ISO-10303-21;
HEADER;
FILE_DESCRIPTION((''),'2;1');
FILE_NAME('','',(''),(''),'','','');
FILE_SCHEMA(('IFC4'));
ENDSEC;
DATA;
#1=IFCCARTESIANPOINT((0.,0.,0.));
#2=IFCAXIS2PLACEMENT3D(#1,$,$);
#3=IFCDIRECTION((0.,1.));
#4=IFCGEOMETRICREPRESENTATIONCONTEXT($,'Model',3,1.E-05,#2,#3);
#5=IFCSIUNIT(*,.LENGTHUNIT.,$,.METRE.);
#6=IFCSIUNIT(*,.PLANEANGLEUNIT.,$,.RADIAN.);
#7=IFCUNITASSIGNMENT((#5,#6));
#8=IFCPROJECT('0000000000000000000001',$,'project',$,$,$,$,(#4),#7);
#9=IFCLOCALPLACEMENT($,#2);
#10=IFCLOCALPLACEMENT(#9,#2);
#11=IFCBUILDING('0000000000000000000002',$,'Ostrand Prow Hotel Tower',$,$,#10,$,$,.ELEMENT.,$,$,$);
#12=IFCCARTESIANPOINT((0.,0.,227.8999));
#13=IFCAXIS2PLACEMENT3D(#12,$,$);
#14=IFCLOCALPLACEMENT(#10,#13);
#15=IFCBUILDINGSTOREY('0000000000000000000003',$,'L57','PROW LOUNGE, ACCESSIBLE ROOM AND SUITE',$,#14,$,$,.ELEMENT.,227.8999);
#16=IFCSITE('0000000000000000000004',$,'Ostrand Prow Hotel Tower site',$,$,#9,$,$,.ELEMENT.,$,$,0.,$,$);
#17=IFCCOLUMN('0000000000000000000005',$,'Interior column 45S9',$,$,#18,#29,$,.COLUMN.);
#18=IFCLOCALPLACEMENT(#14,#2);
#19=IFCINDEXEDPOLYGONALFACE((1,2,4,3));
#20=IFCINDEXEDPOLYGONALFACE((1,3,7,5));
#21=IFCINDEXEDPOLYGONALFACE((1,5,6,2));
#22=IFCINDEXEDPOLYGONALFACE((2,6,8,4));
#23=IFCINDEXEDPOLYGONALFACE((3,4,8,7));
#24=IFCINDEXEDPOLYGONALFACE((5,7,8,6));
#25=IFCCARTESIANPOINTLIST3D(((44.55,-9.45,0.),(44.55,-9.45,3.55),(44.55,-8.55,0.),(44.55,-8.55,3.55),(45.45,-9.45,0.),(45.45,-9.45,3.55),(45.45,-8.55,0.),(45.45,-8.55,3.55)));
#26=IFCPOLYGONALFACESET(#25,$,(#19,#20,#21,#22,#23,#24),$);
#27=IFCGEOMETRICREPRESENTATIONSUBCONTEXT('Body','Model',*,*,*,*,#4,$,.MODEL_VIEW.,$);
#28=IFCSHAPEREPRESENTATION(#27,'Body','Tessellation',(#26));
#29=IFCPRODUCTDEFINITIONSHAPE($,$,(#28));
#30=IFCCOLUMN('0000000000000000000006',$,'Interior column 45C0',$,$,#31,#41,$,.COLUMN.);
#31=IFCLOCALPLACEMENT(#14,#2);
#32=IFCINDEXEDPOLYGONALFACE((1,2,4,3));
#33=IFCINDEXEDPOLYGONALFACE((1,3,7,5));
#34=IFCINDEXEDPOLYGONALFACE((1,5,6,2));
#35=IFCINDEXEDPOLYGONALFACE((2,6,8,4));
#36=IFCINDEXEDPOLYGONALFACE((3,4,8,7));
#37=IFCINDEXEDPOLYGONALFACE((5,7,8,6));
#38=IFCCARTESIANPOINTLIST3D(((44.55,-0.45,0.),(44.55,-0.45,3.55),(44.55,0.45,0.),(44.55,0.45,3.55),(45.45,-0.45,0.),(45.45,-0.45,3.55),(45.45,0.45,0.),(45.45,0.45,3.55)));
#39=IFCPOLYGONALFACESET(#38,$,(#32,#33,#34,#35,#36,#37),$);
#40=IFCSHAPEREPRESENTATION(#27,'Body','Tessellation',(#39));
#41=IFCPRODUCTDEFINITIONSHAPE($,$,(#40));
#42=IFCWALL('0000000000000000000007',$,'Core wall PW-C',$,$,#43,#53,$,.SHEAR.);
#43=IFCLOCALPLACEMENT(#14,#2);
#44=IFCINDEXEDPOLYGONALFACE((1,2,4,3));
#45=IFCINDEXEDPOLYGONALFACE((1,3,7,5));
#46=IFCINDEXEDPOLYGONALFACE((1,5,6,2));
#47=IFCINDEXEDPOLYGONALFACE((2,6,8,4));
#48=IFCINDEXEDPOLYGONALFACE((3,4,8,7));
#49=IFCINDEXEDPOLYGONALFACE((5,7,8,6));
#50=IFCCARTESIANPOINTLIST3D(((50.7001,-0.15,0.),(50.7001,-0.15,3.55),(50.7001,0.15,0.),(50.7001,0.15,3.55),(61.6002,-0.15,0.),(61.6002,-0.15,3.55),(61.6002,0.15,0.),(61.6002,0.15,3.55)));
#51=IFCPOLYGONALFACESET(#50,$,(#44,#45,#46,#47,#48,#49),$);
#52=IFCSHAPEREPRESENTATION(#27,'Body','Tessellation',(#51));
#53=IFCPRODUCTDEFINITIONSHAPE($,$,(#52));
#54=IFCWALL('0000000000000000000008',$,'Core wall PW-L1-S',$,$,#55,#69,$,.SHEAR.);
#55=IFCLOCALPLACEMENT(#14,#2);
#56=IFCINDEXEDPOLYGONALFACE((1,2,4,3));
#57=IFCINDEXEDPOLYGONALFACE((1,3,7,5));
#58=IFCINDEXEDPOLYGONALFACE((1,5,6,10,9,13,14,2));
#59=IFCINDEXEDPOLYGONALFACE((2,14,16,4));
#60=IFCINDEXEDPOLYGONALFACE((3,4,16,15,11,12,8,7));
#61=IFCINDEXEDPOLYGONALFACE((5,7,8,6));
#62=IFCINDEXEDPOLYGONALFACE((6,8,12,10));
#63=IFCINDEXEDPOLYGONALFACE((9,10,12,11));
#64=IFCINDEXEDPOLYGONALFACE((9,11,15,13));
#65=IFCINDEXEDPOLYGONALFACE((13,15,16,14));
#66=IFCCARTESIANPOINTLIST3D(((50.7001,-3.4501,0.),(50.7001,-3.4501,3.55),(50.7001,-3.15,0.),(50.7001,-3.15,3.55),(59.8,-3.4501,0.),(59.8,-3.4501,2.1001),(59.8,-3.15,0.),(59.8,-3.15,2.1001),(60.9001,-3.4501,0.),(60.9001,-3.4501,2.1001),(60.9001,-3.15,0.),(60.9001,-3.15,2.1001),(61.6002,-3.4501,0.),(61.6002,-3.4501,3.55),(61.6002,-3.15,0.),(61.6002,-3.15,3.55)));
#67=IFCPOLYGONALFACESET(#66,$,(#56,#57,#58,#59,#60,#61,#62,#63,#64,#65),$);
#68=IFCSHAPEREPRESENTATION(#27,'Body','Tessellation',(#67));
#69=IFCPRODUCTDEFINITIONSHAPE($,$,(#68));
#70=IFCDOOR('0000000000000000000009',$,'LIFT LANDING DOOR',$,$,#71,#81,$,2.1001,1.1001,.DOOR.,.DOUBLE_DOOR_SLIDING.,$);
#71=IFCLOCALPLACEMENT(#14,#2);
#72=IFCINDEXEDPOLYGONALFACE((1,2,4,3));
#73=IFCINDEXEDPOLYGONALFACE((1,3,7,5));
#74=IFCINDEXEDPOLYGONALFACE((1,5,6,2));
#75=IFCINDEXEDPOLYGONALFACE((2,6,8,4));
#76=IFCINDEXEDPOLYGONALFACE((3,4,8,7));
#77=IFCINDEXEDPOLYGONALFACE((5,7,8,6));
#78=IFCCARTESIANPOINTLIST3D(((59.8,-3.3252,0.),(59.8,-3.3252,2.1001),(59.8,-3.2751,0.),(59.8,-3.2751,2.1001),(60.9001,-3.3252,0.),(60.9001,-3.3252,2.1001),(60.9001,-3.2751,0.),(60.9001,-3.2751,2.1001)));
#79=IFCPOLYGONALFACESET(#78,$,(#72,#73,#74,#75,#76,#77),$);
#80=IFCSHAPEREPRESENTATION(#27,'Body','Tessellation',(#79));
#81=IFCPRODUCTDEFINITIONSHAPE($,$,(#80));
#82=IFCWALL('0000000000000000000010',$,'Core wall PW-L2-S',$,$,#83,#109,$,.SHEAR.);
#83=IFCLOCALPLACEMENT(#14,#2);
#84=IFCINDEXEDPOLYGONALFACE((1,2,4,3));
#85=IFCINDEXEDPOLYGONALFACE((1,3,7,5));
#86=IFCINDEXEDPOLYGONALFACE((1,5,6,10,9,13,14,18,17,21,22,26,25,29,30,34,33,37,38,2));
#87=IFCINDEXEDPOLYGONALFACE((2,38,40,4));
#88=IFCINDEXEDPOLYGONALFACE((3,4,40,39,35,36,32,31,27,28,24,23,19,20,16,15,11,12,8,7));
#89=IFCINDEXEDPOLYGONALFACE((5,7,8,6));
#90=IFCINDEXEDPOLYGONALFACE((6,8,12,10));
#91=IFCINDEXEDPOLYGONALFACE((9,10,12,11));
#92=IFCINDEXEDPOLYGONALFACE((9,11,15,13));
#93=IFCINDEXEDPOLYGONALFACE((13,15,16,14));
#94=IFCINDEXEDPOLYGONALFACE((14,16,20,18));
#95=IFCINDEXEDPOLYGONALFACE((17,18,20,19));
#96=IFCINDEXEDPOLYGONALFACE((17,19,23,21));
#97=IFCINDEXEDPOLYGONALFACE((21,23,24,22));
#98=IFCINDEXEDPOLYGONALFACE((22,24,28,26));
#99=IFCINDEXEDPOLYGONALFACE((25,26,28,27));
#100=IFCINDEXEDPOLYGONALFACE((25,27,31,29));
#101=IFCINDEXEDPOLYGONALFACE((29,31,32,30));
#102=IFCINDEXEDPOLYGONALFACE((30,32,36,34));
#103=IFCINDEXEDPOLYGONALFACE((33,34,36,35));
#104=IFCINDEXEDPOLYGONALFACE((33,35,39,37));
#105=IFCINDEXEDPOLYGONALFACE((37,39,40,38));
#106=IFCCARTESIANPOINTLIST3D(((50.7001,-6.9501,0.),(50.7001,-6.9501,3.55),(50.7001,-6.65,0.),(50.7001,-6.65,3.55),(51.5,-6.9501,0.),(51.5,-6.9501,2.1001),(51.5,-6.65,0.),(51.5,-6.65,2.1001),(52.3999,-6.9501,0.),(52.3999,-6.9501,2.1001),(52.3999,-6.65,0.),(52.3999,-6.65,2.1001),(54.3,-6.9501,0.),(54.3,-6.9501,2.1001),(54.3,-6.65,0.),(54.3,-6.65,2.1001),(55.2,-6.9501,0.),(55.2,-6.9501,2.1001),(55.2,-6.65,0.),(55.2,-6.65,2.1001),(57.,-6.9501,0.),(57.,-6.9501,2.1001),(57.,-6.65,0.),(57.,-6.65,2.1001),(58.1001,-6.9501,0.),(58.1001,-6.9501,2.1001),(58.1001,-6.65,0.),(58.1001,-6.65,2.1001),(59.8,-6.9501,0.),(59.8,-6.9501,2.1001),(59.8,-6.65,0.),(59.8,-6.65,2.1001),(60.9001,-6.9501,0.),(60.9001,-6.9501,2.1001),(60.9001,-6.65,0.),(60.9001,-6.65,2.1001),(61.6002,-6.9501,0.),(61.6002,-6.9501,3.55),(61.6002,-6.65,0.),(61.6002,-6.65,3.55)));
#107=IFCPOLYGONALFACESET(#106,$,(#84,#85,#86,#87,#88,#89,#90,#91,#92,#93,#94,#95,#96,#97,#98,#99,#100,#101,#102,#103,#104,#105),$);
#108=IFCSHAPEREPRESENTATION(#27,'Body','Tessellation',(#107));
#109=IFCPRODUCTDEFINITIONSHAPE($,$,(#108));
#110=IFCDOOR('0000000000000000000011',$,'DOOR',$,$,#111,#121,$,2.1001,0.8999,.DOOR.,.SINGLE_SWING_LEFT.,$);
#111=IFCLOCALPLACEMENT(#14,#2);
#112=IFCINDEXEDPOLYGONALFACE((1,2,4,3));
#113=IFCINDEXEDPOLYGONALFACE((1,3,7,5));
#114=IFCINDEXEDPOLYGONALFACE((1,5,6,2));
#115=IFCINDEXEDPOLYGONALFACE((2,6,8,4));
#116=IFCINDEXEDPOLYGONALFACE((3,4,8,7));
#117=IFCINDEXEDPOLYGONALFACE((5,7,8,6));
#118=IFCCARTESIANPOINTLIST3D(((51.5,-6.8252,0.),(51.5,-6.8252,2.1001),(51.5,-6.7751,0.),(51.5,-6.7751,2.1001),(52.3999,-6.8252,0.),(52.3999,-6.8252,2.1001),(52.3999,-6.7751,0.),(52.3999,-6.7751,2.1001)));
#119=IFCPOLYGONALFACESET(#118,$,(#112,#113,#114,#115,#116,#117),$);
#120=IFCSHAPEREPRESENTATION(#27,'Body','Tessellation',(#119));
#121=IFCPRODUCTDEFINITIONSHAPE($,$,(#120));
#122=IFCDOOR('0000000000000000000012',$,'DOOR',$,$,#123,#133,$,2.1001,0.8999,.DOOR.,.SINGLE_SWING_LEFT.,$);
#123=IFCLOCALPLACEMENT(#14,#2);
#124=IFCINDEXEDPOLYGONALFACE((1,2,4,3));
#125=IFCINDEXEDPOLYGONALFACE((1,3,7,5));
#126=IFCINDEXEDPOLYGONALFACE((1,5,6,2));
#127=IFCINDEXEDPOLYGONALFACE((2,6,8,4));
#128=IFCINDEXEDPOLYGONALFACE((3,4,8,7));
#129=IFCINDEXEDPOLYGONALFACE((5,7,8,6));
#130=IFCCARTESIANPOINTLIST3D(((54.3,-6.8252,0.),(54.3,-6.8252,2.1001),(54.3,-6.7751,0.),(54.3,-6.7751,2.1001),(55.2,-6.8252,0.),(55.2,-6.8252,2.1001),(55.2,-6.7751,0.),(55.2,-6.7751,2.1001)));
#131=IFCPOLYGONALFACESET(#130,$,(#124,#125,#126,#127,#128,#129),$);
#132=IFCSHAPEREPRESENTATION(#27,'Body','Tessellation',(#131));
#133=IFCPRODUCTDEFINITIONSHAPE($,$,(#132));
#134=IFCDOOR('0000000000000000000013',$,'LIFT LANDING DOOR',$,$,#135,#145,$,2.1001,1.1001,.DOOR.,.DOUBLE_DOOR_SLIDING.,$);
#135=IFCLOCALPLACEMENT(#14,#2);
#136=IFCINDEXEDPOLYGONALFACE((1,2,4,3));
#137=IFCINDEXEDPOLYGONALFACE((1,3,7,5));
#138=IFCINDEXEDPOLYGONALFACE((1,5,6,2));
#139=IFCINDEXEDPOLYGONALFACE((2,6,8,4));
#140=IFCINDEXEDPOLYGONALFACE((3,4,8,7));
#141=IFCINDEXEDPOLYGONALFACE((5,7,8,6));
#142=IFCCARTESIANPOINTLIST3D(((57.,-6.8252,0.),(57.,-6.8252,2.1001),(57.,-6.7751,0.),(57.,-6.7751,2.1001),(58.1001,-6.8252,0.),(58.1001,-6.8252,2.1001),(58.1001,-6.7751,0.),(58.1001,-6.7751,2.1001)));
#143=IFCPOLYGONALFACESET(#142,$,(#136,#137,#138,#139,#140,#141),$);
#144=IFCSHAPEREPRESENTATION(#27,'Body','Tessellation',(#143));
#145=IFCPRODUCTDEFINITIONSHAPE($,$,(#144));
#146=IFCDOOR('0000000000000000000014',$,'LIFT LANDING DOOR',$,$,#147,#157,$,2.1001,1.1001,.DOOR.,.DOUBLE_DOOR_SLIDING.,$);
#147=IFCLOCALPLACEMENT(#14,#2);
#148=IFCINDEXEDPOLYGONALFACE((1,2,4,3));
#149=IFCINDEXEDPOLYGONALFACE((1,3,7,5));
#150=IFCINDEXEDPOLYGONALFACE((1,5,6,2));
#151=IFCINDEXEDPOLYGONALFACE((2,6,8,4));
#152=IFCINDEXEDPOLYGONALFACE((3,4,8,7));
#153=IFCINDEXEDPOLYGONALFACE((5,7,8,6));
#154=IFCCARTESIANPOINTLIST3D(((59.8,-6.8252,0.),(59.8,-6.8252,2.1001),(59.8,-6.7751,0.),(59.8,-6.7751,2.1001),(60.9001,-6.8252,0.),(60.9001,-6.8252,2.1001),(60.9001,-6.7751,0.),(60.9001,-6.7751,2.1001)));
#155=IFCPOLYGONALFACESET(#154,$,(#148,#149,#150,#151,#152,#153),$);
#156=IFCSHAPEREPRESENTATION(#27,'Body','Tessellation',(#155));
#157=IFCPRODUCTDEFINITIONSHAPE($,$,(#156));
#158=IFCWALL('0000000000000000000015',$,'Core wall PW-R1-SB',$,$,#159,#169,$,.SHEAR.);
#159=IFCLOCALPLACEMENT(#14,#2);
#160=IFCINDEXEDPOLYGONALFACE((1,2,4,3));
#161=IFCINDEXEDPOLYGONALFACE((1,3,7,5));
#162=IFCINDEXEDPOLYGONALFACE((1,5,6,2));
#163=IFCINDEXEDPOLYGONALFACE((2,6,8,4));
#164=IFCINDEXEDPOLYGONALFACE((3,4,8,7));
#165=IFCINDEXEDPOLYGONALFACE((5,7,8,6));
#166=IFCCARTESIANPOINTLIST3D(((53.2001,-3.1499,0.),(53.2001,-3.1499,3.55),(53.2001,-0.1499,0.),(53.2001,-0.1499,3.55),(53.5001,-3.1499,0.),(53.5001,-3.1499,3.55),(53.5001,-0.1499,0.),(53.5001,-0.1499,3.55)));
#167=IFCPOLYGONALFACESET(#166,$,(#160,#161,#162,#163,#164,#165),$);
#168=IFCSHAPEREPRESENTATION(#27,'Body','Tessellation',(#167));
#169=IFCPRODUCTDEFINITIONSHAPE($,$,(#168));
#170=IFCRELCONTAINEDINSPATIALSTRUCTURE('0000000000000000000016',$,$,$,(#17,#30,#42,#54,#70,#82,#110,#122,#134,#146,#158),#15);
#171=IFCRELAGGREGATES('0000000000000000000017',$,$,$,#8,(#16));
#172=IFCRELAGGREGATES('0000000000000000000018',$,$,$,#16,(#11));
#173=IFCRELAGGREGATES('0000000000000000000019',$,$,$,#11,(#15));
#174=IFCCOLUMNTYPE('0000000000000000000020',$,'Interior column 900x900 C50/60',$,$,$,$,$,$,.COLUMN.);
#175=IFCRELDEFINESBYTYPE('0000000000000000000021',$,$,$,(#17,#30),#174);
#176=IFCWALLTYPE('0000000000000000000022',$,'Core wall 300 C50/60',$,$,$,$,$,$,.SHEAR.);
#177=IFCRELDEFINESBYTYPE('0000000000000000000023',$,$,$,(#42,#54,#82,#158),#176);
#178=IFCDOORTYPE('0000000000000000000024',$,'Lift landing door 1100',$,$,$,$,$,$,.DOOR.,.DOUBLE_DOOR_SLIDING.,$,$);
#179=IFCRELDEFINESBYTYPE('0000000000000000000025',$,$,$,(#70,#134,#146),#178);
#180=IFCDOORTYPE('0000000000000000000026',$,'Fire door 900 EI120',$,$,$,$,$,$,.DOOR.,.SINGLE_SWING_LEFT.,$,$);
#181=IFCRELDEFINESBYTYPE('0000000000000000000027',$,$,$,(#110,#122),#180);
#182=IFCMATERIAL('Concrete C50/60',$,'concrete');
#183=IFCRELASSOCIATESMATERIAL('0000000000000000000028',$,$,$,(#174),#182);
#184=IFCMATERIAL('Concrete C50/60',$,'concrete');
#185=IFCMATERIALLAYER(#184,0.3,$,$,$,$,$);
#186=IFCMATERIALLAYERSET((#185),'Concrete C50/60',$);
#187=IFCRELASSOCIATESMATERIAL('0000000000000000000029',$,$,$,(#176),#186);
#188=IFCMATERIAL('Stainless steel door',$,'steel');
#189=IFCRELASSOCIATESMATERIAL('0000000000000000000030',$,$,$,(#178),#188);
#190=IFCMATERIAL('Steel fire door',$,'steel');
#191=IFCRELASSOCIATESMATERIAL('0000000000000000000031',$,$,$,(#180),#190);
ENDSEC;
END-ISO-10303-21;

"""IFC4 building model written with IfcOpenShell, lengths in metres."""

from ifc_helpers import new_model, si_unit, direction, frame, frame_2d, origin, origin_2d, place, context, subcontext, project, spatial, rectangle, extrude, material, layer, layer_set, material_profile, profile_set, type_object, element, fill, save


model = new_model("IFC4")

# Units and contexts
model_context = context("Model", 3, precision=1e-05, world=origin(), true_north=direction((0.0, 1.0)))
body_context = subcontext(model_context, "Body", "Model", "MODEL_VIEW")
ifc_project = project(units=[si_unit("LENGTHUNIT", "METRE"), si_unit("PLANEANGLEUNIT", "RADIAN")], contexts=[model_context])

# Site, building, storey
site_placement = place(None, origin())
site = spatial("IfcSite", under=ifc_project, at=site_placement, Name="Ostrand Prow Hotel Tower site", CompositionType="ELEMENT", RefElevation=0.0)
building_placement = place(site_placement, origin())
building = spatial("IfcBuilding", under=site, at=building_placement, Name="Ostrand Prow Hotel Tower", CompositionType="ELEMENT")
storey_placement = place(building_placement, frame((0.0, 0.0, 227.8999)))
storey = spatial("IfcBuildingStorey", under=building, at=storey_placement, Name="L57", Description="PROW LOUNGE, ACCESSIBLE ROOM AND SUITE", CompositionType="ELEMENT", Elevation=227.8999)

# Columns
ifc_material_1 = material(Name="Concrete C50/60", Category="concrete")
ifc_material_profile = material_profile(ifc_material_1, rectangle(XDim=0.8999, YDim=0.8999, at=origin_2d()), Name="RC 900x900")
ifc_profile_set = profile_set([ifc_material_profile], Name="Concrete C50/60")
column_type = type_object("IfcColumnType", Name="Interior column 900x900 C50/60", PredefinedType="COLUMN", material=ifc_profile_set)
for number, where, z_axis, x_axis, name in (
    (1, (45.0, -9.0, 0.0), (0.0, 0.0, 1.0), (1.0, 0.0, 0.0), "Interior column 45S9"),
    (2, (45.0, 0.0, 0.0), (0.0, 0.0, 1.0), (1.0, 0.0, 0.0), "Interior column 45C0"),
):
    element("IfcColumn", number, at=place(storey_placement, frame(where, z_axis=z_axis, x_axis=x_axis)), inside=storey, type_object=column_type, Name=name, PredefinedType="COLUMN", context=body_context, shape_type="SweptSolid", body=[
        extrude(rectangle(XDim=0.8999, YDim=0.8999, at=origin_2d()), origin(), (0.0, 0.0, 1.0), 3.55),
    ])

# Wall
ifc_material_2 = material(Name="Concrete C50/60", Category="concrete")
ifc_layer_1 = layer(ifc_material_2, 0.3)
ifc_layer_set_1 = layer_set([ifc_layer_1], Name="Concrete C50/60")
wall_type_1 = type_object("IfcWallType", Name="Core wall 300 C50/60", PredefinedType="SHEAR", material=ifc_layer_set_1)
wall_1_placement = place(storey_placement, frame((50.7, 0.0, 0.0), z_axis=(0.0, 0.0, 1.0), x_axis=(1.0, 0.0, 0.0)))
element("IfcWall", 3, at=wall_1_placement, inside=storey, type_object=wall_type_1, Name="Core wall PW-C", PredefinedType="SHEAR", context=body_context, shape_type="SweptSolid", body=[
    extrude(rectangle(XDim=10.9001, YDim=0.3, at=frame_2d((5.4502, 0.0))), origin(), (0.0, 0.0, 1.0), 3.55),
])

# Wall, opening, door
wall_2_placement = place(storey_placement, frame((50.7, -3.3, 0.0), z_axis=(0.0, 0.0, 1.0), x_axis=(1.0, 0.0, 0.0)))
wall_2 = element("IfcWall", 4, at=wall_2_placement, inside=storey, type_object=wall_type_1, Name="Core wall PW-L1-S", PredefinedType="SHEAR", context=body_context, shape_type="SweptSolid", body=[
    extrude(rectangle(XDim=10.9001, YDim=0.3, at=frame_2d((5.4502, 0.0))), origin(), (0.0, 0.0, 1.0), 3.55),
])
opening_1_placement = place(wall_2_placement, frame((9.1001, 0.0, 0.0)))
opening_1 = element("IfcOpeningElement", 5, at=opening_1_placement, cuts=wall_2, PredefinedType="OPENING", context=body_context, shape_type="SweptSolid", body=[
    extrude(rectangle(XDim=1.1001, YDim=2.1001, at=frame_2d((0.55, 1.05))), frame((0.0, 0.1599, 0.0), z_axis=(0.0, -1.0, 0.0), x_axis=(1.0, 0.0, 0.0)), (0.0, 0.0, 1.0), 0.3201),
])
ifc_material_3 = material(Name="Stainless steel door", Category="steel")
door_type_1 = type_object("IfcDoorType", Name="Lift landing door 1100", OperationType="DOUBLE_DOOR_SLIDING", PredefinedType="DOOR", material=ifc_material_3)
door_1_placement = place(opening_1_placement, origin())
door_1 = element("IfcDoor", 6, at=door_1_placement, inside=storey, type_object=door_type_1, Name="LIFT LANDING DOOR", OperationType="DOUBLE_DOOR_SLIDING", OverallHeight=2.1001, OverallWidth=1.1001, PredefinedType="DOOR", context=body_context, shape_type="SweptSolid", body=[
    extrude(rectangle(XDim=1.1001, YDim=2.1001, at=frame_2d((0.55, 1.05))), frame((0.0, 0.0249, 0.0), z_axis=(0.0, -1.0, 0.0), x_axis=(1.0, 0.0, 0.0)), (0.0, 0.0, 1.0), 0.05),
])
fill(opening_1, door_1)

# Wall, openings, doors
wall_3_placement = place(storey_placement, frame((50.7, -6.8, 0.0), z_axis=(0.0, 0.0, 1.0), x_axis=(1.0, 0.0, 0.0)))
wall_3 = element("IfcWall", 7, at=wall_3_placement, inside=storey, type_object=wall_type_1, Name="Core wall PW-L2-S", PredefinedType="SHEAR", context=body_context, shape_type="SweptSolid", body=[
    extrude(rectangle(XDim=10.9001, YDim=0.3, at=frame_2d((5.4502, 0.0))), origin(), (0.0, 0.0, 1.0), 3.55),
])
opening_2_placement = place(wall_3_placement, frame((6.3, 0.0, 0.0)))
opening_2 = element("IfcOpeningElement", 8, at=opening_2_placement, cuts=wall_3, PredefinedType="OPENING", context=body_context, shape_type="SweptSolid", body=[
    extrude(rectangle(XDim=1.1001, YDim=2.1001, at=frame_2d((0.55, 1.05))), frame((0.0, 0.1599, 0.0), z_axis=(0.0, -1.0, 0.0), x_axis=(1.0, 0.0, 0.0)), (0.0, 0.0, 1.0), 0.3201),
])
opening_3_placement = place(wall_3_placement, frame((9.1001, 0.0, 0.0)))
opening_3 = element("IfcOpeningElement", 9, at=opening_3_placement, cuts=wall_3, PredefinedType="OPENING", context=body_context, shape_type="SweptSolid", body=[
    extrude(rectangle(XDim=1.1001, YDim=2.1001, at=frame_2d((0.55, 1.05))), frame((0.0, 0.1599, 0.0), z_axis=(0.0, -1.0, 0.0), x_axis=(1.0, 0.0, 0.0)), (0.0, 0.0, 1.0), 0.3201),
])
opening_4_placement = place(wall_3_placement, frame((0.8, 0.0, 0.0)))
opening_4 = element("IfcOpeningElement", 10, at=opening_4_placement, cuts=wall_3, PredefinedType="OPENING", context=body_context, shape_type="SweptSolid", body=[
    extrude(rectangle(XDim=0.8999, YDim=2.1001, at=frame_2d((0.45, 1.05))), frame((0.0, 0.1599, 0.0), z_axis=(0.0, -1.0, 0.0), x_axis=(1.0, 0.0, 0.0)), (0.0, 0.0, 1.0), 0.3201),
])
opening_5_placement = place(wall_3_placement, frame((3.6001, 0.0, 0.0)))
opening_5 = element("IfcOpeningElement", 11, at=opening_5_placement, cuts=wall_3, PredefinedType="OPENING", context=body_context, shape_type="SweptSolid", body=[
    extrude(rectangle(XDim=0.8999, YDim=2.1001, at=frame_2d((0.45, 1.05))), frame((0.0, 0.1599, 0.0), z_axis=(0.0, -1.0, 0.0), x_axis=(1.0, 0.0, 0.0)), (0.0, 0.0, 1.0), 0.3201),
])
ifc_material_4 = material(Name="Steel fire door", Category="steel")
door_type_2 = type_object("IfcDoorType", Name="Fire door 900 EI120", OperationType="SINGLE_SWING_LEFT", PredefinedType="DOOR", material=ifc_material_4)
door_2_placement = place(opening_4_placement, origin())
door_2 = element("IfcDoor", 12, at=door_2_placement, inside=storey, type_object=door_type_2, Name="DOOR", OperationType="SINGLE_SWING_LEFT", OverallHeight=2.1001, OverallWidth=0.8999, PredefinedType="DOOR", context=body_context, shape_type="SweptSolid", body=[
    extrude(rectangle(XDim=0.8999, YDim=2.1001, at=frame_2d((0.45, 1.05))), frame((0.0, 0.0249, 0.0), z_axis=(0.0, -1.0, 0.0), x_axis=(1.0, 0.0, 0.0)), (0.0, 0.0, 1.0), 0.05),
])
fill(opening_4, door_2)
door_3_placement = place(opening_5_placement, origin())
door_3 = element("IfcDoor", 13, at=door_3_placement, inside=storey, type_object=door_type_2, Name="DOOR", OperationType="SINGLE_SWING_LEFT", OverallHeight=2.1001, OverallWidth=0.8999, PredefinedType="DOOR", context=body_context, shape_type="SweptSolid", body=[
    extrude(rectangle(XDim=0.8999, YDim=2.1001, at=frame_2d((0.45, 1.05))), frame((0.0, 0.0249, 0.0), z_axis=(0.0, -1.0, 0.0), x_axis=(1.0, 0.0, 0.0)), (0.0, 0.0, 1.0), 0.05),
])
fill(opening_5, door_3)
door_4_placement = place(opening_2_placement, origin())
door_4 = element("IfcDoor", 14, at=door_4_placement, inside=storey, type_object=door_type_1, Name="LIFT LANDING DOOR", OperationType="DOUBLE_DOOR_SLIDING", OverallHeight=2.1001, OverallWidth=1.1001, PredefinedType="DOOR", context=body_context, shape_type="SweptSolid", body=[
    extrude(rectangle(XDim=1.1001, YDim=2.1001, at=frame_2d((0.55, 1.05))), frame((0.0, 0.0249, 0.0), z_axis=(0.0, -1.0, 0.0), x_axis=(1.0, 0.0, 0.0)), (0.0, 0.0, 1.0), 0.05),
])
fill(opening_2, door_4)
door_5_placement = place(opening_3_placement, origin())
door_5 = element("IfcDoor", 15, at=door_5_placement, inside=storey, type_object=door_type_1, Name="LIFT LANDING DOOR", OperationType="DOUBLE_DOOR_SLIDING", OverallHeight=2.1001, OverallWidth=1.1001, PredefinedType="DOOR", context=body_context, shape_type="SweptSolid", body=[
    extrude(rectangle(XDim=1.1001, YDim=2.1001, at=frame_2d((0.55, 1.05))), frame((0.0, 0.0249, 0.0), z_axis=(0.0, -1.0, 0.0), x_axis=(1.0, 0.0, 0.0)), (0.0, 0.0, 1.0), 0.05),
])
fill(opening_3, door_5)

# Wall
for number, where, z_axis, x_axis, name in (
    (16, (53.3501, -3.1499, 0.0), (0.0, 0.0, 1.0), (0.0, 1.0, 0.0), "Core wall PW-R1-SB"),
):
    element("IfcWall", number, at=place(storey_placement, frame(where, z_axis=z_axis, x_axis=x_axis)), inside=storey, type_object=wall_type_1, Name=name, PredefinedType="SHEAR", context=body_context, shape_type="SweptSolid", body=[
        extrude(rectangle(XDim=3.0, YDim=0.3, at=frame_2d((1.5, 0.0))), origin(), (0.0, 0.0, 1.0), 3.55),
    ])

save(model, "model.ifc")
